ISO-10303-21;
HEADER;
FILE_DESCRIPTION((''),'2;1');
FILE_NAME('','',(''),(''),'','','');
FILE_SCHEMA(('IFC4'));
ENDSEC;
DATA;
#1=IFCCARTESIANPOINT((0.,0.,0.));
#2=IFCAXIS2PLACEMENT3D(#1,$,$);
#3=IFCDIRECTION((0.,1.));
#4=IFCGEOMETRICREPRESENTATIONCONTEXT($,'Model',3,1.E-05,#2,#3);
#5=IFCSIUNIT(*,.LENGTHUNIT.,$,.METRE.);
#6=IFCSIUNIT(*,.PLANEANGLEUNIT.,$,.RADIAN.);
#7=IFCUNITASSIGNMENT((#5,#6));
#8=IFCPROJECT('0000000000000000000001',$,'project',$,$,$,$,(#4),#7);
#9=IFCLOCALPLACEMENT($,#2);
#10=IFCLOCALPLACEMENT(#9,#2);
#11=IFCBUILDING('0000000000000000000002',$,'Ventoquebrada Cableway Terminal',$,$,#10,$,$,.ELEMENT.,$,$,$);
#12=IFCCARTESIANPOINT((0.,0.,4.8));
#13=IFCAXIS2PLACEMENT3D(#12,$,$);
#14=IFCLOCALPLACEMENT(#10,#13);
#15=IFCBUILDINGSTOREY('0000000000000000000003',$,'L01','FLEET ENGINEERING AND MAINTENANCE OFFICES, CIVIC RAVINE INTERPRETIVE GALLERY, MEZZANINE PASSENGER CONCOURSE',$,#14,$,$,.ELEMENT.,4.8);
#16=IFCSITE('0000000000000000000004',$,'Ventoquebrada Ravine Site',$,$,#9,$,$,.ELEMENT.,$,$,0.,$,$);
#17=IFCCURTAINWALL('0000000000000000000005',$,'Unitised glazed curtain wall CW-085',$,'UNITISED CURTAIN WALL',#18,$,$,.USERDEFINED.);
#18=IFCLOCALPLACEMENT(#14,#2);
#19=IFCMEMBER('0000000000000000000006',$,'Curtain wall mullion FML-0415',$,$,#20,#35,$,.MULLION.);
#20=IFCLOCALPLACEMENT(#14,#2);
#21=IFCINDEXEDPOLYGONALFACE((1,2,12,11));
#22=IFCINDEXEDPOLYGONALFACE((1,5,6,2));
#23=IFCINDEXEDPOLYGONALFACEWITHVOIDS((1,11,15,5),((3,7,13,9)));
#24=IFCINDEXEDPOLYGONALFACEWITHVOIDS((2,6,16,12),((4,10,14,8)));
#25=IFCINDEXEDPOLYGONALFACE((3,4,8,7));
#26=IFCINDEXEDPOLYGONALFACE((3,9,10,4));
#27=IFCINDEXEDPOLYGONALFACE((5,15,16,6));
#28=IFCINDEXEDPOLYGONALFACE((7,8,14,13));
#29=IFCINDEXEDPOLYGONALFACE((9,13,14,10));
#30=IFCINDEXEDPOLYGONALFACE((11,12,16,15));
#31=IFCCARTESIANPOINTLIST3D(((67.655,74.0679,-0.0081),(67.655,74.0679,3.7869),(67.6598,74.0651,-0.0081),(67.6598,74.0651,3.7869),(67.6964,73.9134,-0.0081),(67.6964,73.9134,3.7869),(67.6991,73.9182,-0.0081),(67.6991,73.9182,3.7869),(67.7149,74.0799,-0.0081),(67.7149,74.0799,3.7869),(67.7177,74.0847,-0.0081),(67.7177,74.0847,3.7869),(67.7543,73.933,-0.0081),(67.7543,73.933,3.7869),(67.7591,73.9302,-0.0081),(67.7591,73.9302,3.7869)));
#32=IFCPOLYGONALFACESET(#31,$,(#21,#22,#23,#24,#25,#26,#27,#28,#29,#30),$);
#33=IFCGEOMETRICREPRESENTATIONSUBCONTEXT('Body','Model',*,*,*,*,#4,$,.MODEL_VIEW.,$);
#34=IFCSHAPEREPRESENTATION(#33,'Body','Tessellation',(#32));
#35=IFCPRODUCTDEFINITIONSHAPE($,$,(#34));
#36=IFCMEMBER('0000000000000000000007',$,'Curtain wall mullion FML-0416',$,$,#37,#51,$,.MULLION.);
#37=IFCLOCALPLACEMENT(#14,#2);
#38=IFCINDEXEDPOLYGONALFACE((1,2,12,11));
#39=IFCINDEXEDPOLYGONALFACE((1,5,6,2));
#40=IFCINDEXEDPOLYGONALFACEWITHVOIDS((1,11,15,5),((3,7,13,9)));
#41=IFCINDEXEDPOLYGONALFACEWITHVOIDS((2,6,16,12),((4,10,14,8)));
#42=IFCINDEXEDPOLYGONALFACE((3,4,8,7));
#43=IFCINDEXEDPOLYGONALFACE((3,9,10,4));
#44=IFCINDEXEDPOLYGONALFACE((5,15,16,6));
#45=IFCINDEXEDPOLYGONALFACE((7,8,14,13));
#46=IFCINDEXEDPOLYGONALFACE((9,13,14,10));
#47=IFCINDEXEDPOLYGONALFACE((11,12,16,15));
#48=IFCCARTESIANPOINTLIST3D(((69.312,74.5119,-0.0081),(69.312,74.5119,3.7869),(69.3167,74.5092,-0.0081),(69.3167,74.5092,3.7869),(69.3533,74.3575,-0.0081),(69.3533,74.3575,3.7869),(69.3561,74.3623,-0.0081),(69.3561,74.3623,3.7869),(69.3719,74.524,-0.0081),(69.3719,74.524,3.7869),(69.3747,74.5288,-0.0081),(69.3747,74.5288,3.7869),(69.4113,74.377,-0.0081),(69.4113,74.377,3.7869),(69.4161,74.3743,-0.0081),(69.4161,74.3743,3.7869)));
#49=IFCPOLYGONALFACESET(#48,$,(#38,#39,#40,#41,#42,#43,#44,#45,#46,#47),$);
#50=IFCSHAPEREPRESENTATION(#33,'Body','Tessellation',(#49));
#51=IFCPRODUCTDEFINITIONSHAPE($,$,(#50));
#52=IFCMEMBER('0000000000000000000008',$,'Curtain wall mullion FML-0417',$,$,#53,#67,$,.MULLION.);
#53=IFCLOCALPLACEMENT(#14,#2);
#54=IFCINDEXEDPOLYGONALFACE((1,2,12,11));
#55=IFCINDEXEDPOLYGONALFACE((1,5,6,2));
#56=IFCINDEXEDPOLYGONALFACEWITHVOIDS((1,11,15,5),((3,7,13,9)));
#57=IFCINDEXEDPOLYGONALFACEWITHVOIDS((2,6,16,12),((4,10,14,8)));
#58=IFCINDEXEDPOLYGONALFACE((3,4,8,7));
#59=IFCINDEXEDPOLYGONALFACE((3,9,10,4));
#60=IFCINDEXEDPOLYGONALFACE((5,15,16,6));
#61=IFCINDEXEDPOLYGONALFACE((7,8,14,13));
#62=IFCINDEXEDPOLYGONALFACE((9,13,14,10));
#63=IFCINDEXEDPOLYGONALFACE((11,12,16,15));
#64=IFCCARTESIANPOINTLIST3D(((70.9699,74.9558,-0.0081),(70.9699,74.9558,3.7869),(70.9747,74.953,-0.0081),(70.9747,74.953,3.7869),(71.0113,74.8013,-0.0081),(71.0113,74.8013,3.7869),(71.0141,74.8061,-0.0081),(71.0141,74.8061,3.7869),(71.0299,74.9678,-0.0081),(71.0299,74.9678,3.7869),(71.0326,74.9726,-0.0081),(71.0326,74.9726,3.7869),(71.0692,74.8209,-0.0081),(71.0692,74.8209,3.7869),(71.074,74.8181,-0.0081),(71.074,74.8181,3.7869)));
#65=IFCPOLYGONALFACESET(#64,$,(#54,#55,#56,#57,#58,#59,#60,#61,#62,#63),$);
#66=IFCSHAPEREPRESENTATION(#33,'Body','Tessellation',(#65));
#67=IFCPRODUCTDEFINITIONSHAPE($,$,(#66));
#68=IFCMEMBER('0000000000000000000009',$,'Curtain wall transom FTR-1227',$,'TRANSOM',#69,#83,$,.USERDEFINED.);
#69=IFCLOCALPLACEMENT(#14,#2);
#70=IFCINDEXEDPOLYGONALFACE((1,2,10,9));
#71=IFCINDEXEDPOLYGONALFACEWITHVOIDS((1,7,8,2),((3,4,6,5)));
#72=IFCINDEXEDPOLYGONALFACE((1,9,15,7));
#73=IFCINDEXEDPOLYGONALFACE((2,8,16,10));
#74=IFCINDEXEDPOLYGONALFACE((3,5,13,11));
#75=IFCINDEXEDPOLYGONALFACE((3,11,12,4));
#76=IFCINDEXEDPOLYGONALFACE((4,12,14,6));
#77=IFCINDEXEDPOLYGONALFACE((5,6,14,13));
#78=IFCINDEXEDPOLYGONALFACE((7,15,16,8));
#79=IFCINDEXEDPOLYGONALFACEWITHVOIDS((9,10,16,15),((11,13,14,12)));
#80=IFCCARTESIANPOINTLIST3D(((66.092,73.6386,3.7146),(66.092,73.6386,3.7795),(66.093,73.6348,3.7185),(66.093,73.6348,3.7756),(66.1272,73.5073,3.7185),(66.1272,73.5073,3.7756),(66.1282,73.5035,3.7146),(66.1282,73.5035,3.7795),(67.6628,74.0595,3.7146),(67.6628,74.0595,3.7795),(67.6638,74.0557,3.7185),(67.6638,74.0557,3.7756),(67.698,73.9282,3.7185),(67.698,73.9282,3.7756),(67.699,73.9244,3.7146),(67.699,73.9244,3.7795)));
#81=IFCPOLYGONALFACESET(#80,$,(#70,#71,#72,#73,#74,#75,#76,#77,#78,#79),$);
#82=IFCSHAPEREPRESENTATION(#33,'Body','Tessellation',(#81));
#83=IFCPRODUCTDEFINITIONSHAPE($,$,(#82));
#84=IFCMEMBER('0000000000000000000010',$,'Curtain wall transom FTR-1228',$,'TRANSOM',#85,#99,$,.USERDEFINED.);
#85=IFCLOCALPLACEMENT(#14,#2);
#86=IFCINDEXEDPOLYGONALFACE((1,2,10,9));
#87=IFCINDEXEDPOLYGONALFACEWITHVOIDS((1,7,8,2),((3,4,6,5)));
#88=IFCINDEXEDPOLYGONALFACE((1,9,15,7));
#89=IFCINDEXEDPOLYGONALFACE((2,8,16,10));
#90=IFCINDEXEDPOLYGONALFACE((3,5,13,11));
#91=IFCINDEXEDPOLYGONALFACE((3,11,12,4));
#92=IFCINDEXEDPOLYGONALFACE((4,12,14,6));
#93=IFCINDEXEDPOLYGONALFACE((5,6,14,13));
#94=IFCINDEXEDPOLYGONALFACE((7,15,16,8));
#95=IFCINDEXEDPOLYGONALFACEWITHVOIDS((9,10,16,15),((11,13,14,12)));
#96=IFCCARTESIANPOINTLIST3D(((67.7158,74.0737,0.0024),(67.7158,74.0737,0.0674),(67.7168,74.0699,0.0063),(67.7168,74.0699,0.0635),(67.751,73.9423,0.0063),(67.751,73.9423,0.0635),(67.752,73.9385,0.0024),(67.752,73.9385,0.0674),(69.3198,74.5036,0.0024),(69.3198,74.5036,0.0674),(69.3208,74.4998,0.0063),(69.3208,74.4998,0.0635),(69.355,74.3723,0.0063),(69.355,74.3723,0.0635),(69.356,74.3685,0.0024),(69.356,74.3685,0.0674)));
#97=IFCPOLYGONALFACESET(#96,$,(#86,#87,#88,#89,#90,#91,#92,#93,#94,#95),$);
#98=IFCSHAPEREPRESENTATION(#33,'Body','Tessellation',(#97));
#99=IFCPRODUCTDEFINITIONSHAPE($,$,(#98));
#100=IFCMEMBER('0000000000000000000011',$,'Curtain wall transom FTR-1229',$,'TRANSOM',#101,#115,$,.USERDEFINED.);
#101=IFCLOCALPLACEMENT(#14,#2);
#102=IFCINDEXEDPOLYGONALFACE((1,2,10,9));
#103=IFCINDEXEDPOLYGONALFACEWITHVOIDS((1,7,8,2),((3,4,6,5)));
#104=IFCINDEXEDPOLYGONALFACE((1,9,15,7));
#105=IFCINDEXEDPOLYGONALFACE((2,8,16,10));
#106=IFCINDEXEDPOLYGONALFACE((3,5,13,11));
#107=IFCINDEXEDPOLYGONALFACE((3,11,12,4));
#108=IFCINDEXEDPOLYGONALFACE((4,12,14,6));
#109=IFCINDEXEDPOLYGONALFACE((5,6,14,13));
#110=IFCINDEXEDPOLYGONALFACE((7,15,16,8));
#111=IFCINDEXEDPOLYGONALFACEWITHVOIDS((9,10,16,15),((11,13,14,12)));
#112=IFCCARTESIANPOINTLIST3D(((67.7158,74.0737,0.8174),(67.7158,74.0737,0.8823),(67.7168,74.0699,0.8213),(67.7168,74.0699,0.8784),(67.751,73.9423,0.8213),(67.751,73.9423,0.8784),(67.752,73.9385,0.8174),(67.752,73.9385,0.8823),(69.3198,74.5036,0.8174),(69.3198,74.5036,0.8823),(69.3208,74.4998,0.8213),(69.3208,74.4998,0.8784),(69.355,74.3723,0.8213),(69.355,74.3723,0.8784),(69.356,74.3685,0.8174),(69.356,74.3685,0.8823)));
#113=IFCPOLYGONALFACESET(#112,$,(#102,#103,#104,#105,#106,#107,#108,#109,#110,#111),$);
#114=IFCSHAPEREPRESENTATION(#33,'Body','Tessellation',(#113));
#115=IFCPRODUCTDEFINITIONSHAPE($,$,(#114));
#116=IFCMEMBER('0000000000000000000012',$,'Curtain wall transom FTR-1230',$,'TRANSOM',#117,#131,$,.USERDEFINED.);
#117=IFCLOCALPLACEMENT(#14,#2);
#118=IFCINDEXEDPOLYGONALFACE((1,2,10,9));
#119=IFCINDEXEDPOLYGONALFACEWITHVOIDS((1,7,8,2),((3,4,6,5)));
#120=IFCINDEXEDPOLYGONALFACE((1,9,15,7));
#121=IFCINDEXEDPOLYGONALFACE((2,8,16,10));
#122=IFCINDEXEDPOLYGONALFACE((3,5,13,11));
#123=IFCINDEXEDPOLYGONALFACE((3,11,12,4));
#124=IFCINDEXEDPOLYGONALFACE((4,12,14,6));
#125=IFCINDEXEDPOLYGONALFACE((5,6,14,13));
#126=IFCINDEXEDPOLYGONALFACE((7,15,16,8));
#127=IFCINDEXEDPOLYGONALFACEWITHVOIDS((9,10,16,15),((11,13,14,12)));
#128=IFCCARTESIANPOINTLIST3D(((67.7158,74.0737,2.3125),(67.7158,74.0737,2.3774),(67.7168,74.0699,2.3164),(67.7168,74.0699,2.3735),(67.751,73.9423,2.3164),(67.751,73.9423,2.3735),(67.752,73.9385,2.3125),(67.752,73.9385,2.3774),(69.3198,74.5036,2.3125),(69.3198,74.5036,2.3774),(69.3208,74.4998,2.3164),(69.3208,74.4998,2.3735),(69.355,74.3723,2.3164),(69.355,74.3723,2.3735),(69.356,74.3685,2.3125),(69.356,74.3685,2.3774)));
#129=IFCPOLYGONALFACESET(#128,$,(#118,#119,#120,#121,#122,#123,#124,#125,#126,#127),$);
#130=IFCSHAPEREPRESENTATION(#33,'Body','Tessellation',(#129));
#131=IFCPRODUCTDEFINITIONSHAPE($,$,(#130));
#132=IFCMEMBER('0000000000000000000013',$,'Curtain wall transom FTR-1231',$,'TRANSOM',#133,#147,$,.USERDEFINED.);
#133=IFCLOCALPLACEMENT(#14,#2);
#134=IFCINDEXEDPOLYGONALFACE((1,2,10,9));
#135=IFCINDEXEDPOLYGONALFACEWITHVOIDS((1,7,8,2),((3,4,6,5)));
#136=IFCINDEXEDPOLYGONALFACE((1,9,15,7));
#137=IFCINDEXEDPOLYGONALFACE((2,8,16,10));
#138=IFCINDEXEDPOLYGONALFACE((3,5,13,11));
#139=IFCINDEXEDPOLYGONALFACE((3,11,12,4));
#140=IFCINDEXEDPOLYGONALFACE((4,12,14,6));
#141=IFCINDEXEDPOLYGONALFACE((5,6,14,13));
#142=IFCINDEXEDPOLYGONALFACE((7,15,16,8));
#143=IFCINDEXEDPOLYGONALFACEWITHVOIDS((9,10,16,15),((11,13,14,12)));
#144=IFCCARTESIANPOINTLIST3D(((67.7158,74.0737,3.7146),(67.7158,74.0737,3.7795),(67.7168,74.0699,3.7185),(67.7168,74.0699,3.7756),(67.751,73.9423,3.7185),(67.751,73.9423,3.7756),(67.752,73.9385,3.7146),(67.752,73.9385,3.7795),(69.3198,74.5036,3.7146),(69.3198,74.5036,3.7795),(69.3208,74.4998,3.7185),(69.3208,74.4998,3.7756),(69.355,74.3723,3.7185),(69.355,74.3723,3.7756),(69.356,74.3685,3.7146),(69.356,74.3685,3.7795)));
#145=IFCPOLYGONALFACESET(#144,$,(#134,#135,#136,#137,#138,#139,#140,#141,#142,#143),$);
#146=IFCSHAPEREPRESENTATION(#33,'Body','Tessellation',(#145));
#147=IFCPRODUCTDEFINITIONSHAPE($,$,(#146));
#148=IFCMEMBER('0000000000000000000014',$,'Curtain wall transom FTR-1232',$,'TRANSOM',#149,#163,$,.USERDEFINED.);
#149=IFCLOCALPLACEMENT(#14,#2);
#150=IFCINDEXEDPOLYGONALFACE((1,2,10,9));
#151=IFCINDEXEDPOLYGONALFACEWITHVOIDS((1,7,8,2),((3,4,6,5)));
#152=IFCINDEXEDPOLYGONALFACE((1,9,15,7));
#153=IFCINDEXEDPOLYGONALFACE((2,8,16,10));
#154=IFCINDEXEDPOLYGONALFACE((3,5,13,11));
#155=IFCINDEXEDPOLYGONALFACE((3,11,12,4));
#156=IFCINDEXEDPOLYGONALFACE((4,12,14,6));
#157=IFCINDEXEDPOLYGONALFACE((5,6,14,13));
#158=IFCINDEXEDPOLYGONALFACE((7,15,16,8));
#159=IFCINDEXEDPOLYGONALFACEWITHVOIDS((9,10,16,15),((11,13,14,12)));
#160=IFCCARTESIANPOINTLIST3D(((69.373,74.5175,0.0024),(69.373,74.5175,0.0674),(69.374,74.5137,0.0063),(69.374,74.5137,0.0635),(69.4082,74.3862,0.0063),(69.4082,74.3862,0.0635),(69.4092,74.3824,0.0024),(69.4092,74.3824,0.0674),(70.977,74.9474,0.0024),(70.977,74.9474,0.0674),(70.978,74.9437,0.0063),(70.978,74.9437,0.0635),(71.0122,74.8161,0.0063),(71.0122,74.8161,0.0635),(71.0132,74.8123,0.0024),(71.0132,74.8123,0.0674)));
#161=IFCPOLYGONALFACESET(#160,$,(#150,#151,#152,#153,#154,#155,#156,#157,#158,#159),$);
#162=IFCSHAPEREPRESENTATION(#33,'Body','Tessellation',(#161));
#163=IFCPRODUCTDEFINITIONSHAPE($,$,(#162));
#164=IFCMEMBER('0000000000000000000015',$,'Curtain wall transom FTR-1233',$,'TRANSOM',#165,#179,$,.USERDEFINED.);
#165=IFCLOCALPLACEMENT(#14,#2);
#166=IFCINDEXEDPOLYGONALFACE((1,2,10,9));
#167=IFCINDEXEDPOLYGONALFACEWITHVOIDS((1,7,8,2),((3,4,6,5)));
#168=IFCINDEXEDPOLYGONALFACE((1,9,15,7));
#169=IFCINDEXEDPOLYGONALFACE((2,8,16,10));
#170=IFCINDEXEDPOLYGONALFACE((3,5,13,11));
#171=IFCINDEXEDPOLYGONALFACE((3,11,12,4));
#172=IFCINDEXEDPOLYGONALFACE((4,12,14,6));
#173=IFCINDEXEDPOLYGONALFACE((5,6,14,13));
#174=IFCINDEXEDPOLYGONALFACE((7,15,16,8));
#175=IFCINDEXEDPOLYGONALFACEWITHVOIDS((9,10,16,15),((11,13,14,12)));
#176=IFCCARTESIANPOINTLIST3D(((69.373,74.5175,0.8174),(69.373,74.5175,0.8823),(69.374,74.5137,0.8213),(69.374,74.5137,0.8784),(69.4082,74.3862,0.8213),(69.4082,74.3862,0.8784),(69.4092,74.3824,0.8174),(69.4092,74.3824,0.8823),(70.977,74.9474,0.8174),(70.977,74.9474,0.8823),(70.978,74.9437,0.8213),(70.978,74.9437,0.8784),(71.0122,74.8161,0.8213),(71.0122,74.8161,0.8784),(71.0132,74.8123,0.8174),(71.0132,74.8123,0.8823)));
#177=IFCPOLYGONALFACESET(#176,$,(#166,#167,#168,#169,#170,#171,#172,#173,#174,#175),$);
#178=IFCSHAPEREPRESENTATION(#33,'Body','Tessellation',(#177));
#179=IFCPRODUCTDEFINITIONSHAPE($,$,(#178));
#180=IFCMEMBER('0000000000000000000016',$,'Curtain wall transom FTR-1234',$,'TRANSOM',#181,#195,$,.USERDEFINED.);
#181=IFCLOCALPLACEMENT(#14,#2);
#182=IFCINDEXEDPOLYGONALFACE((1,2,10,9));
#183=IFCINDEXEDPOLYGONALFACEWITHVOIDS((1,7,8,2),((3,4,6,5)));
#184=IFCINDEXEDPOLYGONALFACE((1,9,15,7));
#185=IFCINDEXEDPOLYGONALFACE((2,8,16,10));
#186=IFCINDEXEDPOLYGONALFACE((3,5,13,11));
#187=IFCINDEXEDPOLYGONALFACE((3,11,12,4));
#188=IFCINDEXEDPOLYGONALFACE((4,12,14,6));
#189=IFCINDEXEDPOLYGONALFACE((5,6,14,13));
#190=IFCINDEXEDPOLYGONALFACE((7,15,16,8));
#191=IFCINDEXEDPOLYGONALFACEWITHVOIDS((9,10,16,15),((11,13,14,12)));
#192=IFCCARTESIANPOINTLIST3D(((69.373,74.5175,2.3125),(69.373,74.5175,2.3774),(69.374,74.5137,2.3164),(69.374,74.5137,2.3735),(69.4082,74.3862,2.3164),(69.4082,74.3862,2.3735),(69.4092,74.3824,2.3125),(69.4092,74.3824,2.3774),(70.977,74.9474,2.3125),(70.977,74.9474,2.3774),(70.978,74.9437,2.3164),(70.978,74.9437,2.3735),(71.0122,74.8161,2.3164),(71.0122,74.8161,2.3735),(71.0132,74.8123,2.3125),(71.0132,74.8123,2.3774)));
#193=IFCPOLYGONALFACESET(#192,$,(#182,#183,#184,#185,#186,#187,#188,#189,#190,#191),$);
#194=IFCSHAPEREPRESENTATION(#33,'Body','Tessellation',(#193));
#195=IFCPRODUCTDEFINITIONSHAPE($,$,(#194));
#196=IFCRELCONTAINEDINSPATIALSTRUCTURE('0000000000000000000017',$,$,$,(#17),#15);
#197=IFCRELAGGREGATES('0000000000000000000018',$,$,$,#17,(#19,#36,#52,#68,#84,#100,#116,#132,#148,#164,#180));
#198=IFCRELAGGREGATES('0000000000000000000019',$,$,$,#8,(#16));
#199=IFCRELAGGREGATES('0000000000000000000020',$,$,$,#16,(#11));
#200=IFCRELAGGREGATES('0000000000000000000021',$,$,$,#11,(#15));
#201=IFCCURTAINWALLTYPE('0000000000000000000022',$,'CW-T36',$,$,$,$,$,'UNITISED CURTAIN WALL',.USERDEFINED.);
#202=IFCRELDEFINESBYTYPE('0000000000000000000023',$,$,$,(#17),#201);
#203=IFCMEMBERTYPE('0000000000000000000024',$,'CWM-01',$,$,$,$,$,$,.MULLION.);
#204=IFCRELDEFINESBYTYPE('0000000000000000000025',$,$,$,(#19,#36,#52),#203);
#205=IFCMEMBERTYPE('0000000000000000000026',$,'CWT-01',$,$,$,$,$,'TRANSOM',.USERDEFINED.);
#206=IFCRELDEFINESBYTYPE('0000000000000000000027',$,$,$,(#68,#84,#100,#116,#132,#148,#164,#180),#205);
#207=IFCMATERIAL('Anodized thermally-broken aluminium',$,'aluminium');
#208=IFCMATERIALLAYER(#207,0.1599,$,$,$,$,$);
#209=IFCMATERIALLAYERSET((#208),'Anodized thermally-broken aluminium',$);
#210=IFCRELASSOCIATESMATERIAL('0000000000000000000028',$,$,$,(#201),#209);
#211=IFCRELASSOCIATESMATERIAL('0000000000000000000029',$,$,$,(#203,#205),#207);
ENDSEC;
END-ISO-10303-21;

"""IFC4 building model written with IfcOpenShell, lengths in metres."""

from ifc_helpers import new_model, si_unit, direction, frame, origin, origin_2d, place, context, subcontext, project, spatial, hollow_rectangle, extrude, material, layer, layer_set, material_profile, profile_set, type_object, element, aggregate, save


model = new_model("IFC4")

# Units and contexts
model_context = context("Model", 3, precision=1e-05, world=origin(), true_north=direction((0.0, 1.0)))
body_context = subcontext(model_context, "Body", "Model", "MODEL_VIEW")
ifc_project = project(units=[si_unit("LENGTHUNIT", "METRE"), si_unit("PLANEANGLEUNIT", "RADIAN")], contexts=[model_context])

# Site, building, storey
site_placement = place(None, origin())
site = spatial("IfcSite", under=ifc_project, at=site_placement, Name="Ventoquebrada Ravine Site", CompositionType="ELEMENT", RefElevation=0.0)
building_placement = place(site_placement, origin())
building = spatial("IfcBuilding", under=site, at=building_placement, Name="Ventoquebrada Cableway Terminal", CompositionType="ELEMENT")
storey_placement = place(building_placement, frame((0.0, 0.0, 4.8)))
storey = spatial("IfcBuildingStorey", under=building, at=storey_placement, Name="L01", Description="FLEET ENGINEERING AND MAINTENANCE OFFICES, CIVIC RAVINE INTERPRETIVE GALLERY, MEZZANINE PASSENGER CONCOURSE", CompositionType="ELEMENT", Elevation=4.8)

# Curtain wall, members
ifc_material_1 = material(Name="Anodized thermally-broken aluminium", Category="aluminium")
ifc_layer_1 = layer(ifc_material_1, 0.1599)
ifc_layer_set_1 = layer_set([ifc_layer_1], Name="Anodized thermally-broken aluminium")
curtain_wall_type = type_object("IfcCurtainWallType", Name="CW-T36", ElementType="UNITISED CURTAIN WALL", PredefinedType="USERDEFINED", material=ifc_layer_set_1)
curtain_wall_placement = place(storey_placement, origin())
curtain_wall = element("IfcCurtainWall", 1, at=curtain_wall_placement, inside=storey, type_object=curtain_wall_type, Name="Unitised glazed curtain wall CW-085", ObjectType="UNITISED CURTAIN WALL", PredefinedType="USERDEFINED")
ifc_material_profile_1 = material_profile(ifc_material_1, hollow_rectangle(XDim=0.0649, YDim=0.1599, WallThickness=0.0039, at=origin_2d()), Name="CW-MUL-65X160")
ifc_profile_set_1 = profile_set([ifc_material_profile_1], Name="Anodized thermally-broken aluminium")
member_type_1 = type_object("IfcMemberType", Name="CWM-01", PredefinedType="MULLION", material=ifc_profile_set_1)
member_1_placement = place(storey_placement, frame((67.707, 73.999, -0.0081), z_axis=(0.0, 0.0, 1.0), x_axis=(0.965935, 0.258785, 0.0)))
member_1 = element("IfcMember", 2, at=member_1_placement, type_object=member_type_1, Name="Curtain wall mullion FML-0415", PredefinedType="MULLION", context=body_context, shape_type="SweptSolid", body=[
    extrude(hollow_rectangle(XDim=0.0649, YDim=0.1599, WallThickness=0.0039, at=origin_2d()), origin(), (0.0, 0.0, 1.0), 3.7949),
])
member_2_placement = place(storey_placement, frame((69.364, 74.4431, -0.0081), z_axis=(0.0, 0.0, 1.0), x_axis=(0.965935, 0.258785, 0.0)))
member_2 = element("IfcMember", 3, at=member_2_placement, type_object=member_type_1, Name="Curtain wall mullion FML-0416", PredefinedType="MULLION", context=body_context, shape_type="SweptSolid", body=[
    extrude(hollow_rectangle(XDim=0.0649, YDim=0.1599, WallThickness=0.0039, at=origin_2d()), origin(), (0.0, 0.0, 1.0), 3.7949),
])
member_3_placement = place(storey_placement, frame((71.022, 74.887, -0.0081), z_axis=(0.0, 0.0, 1.0), x_axis=(0.965935, 0.258785, 0.0)))
member_3 = element("IfcMember", 4, at=member_3_placement, type_object=member_type_1, Name="Curtain wall mullion FML-0417", PredefinedType="MULLION", context=body_context, shape_type="SweptSolid", body=[
    extrude(hollow_rectangle(XDim=0.0649, YDim=0.1599, WallThickness=0.0039, at=origin_2d()), origin(), (0.0, 0.0, 1.0), 3.7949),
])
ifc_material_profile_2 = material_profile(ifc_material_1, hollow_rectangle(XDim=0.0649, YDim=0.1399, WallThickness=0.0039, at=origin_2d()), Name="CW-TRN-65X140")
ifc_profile_set_2 = profile_set([ifc_material_profile_2], Name="Anodized thermally-broken aluminium")
member_type_2 = type_object("IfcMemberType", Name="CWT-01", ElementType="TRANSOM", PredefinedType="USERDEFINED", material=ifc_profile_set_2)
member_4_placement = place(storey_placement, frame((66.1101, 73.571, 3.7471), z_axis=(0.965925, 0.258821, 0.0), x_axis=(0.0, 0.0, 1.0)))
member_4 = element("IfcMember", 5, at=member_4_placement, type_object=member_type_2, Name="Curtain wall transom FTR-1227", ObjectType="TRANSOM", PredefinedType="USERDEFINED", context=body_context, shape_type="SweptSolid", body=[
    extrude(hollow_rectangle(XDim=0.0649, YDim=0.1399, WallThickness=0.0039, at=origin_2d()), origin(), (0.0, 0.0, 1.0), 1.6262),
])
member_5_placement = place(storey_placement, frame((67.7339, 74.0061, 0.0349), z_axis=(0.965905, 0.258898, 0.0), x_axis=(0.0, 0.0, 1.0)))
member_5 = element("IfcMember", 6, at=member_5_placement, type_object=member_type_2, Name="Curtain wall transom FTR-1228", ObjectType="TRANSOM", PredefinedType="USERDEFINED", context=body_context, shape_type="SweptSolid", body=[
    extrude(hollow_rectangle(XDim=0.0649, YDim=0.1399, WallThickness=0.0039, at=origin_2d()), origin(), (0.0, 0.0, 1.0), 1.6606),
])
member_6_placement = place(storey_placement, frame((67.7339, 74.0061, 0.8499), z_axis=(0.965905, 0.258898, 0.0), x_axis=(0.0, 0.0, 1.0)))
member_6 = element("IfcMember", 7, at=member_6_placement, type_object=member_type_2, Name="Curtain wall transom FTR-1229", ObjectType="TRANSOM", PredefinedType="USERDEFINED", context=body_context, shape_type="SweptSolid", body=[
    extrude(hollow_rectangle(XDim=0.0649, YDim=0.1399, WallThickness=0.0039, at=origin_2d()), origin(), (0.0, 0.0, 1.0), 1.6606),
])
member_7_placement = place(storey_placement, frame((67.7339, 74.0061, 2.345), z_axis=(0.965905, 0.258898, 0.0), x_axis=(0.0, 0.0, 1.0)))
member_7 = element("IfcMember", 8, at=member_7_placement, type_object=member_type_2, Name="Curtain wall transom FTR-1230", ObjectType="TRANSOM", PredefinedType="USERDEFINED", context=body_context, shape_type="SweptSolid", body=[
    extrude(hollow_rectangle(XDim=0.0649, YDim=0.1399, WallThickness=0.0039, at=origin_2d()), origin(), (0.0, 0.0, 1.0), 1.6606),
])
member_8_placement = place(storey_placement, frame((67.7339, 74.0061, 3.7471), z_axis=(0.965905, 0.258898, 0.0), x_axis=(0.0, 0.0, 1.0)))
member_8 = element("IfcMember", 9, at=member_8_placement, type_object=member_type_2, Name="Curtain wall transom FTR-1231", ObjectType="TRANSOM", PredefinedType="USERDEFINED", context=body_context, shape_type="SweptSolid", body=[
    extrude(hollow_rectangle(XDim=0.0649, YDim=0.1399, WallThickness=0.0039, at=origin_2d()), origin(), (0.0, 0.0, 1.0), 1.6606),
])
member_9_placement = place(storey_placement, frame((69.3911, 74.45, 0.0349), z_axis=(0.965905, 0.258898, 0.0), x_axis=(0.0, 0.0, 1.0)))
member_9 = element("IfcMember", 10, at=member_9_placement, type_object=member_type_2, Name="Curtain wall transom FTR-1232", ObjectType="TRANSOM", PredefinedType="USERDEFINED", context=body_context, shape_type="SweptSolid", body=[
    extrude(hollow_rectangle(XDim=0.0649, YDim=0.1399, WallThickness=0.0039, at=origin_2d()), origin(), (0.0, 0.0, 1.0), 1.6606),
])
member_10_placement = place(storey_placement, frame((69.3911, 74.45, 0.8499), z_axis=(0.965905, 0.258898, 0.0), x_axis=(0.0, 0.0, 1.0)))
member_10 = element("IfcMember", 11, at=member_10_placement, type_object=member_type_2, Name="Curtain wall transom FTR-1233", ObjectType="TRANSOM", PredefinedType="USERDEFINED", context=body_context, shape_type="SweptSolid", body=[
    extrude(hollow_rectangle(XDim=0.0649, YDim=0.1399, WallThickness=0.0039, at=origin_2d()), origin(), (0.0, 0.0, 1.0), 1.6606),
])
member_11_placement = place(storey_placement, frame((69.3911, 74.45, 2.345), z_axis=(0.965905, 0.258898, 0.0), x_axis=(0.0, 0.0, 1.0)))
member_11 = element("IfcMember", 12, at=member_11_placement, type_object=member_type_2, Name="Curtain wall transom FTR-1234", ObjectType="TRANSOM", PredefinedType="USERDEFINED", context=body_context, shape_type="SweptSolid", body=[
    extrude(hollow_rectangle(XDim=0.0649, YDim=0.1399, WallThickness=0.0039, at=origin_2d()), origin(), (0.0, 0.0, 1.0), 1.6606),
])

aggregate(curtain_wall, [member_1, member_2, member_3, member_4, member_5, member_6, member_7, member_8, member_9, member_10, member_11])

save(model, "model.ifc")
